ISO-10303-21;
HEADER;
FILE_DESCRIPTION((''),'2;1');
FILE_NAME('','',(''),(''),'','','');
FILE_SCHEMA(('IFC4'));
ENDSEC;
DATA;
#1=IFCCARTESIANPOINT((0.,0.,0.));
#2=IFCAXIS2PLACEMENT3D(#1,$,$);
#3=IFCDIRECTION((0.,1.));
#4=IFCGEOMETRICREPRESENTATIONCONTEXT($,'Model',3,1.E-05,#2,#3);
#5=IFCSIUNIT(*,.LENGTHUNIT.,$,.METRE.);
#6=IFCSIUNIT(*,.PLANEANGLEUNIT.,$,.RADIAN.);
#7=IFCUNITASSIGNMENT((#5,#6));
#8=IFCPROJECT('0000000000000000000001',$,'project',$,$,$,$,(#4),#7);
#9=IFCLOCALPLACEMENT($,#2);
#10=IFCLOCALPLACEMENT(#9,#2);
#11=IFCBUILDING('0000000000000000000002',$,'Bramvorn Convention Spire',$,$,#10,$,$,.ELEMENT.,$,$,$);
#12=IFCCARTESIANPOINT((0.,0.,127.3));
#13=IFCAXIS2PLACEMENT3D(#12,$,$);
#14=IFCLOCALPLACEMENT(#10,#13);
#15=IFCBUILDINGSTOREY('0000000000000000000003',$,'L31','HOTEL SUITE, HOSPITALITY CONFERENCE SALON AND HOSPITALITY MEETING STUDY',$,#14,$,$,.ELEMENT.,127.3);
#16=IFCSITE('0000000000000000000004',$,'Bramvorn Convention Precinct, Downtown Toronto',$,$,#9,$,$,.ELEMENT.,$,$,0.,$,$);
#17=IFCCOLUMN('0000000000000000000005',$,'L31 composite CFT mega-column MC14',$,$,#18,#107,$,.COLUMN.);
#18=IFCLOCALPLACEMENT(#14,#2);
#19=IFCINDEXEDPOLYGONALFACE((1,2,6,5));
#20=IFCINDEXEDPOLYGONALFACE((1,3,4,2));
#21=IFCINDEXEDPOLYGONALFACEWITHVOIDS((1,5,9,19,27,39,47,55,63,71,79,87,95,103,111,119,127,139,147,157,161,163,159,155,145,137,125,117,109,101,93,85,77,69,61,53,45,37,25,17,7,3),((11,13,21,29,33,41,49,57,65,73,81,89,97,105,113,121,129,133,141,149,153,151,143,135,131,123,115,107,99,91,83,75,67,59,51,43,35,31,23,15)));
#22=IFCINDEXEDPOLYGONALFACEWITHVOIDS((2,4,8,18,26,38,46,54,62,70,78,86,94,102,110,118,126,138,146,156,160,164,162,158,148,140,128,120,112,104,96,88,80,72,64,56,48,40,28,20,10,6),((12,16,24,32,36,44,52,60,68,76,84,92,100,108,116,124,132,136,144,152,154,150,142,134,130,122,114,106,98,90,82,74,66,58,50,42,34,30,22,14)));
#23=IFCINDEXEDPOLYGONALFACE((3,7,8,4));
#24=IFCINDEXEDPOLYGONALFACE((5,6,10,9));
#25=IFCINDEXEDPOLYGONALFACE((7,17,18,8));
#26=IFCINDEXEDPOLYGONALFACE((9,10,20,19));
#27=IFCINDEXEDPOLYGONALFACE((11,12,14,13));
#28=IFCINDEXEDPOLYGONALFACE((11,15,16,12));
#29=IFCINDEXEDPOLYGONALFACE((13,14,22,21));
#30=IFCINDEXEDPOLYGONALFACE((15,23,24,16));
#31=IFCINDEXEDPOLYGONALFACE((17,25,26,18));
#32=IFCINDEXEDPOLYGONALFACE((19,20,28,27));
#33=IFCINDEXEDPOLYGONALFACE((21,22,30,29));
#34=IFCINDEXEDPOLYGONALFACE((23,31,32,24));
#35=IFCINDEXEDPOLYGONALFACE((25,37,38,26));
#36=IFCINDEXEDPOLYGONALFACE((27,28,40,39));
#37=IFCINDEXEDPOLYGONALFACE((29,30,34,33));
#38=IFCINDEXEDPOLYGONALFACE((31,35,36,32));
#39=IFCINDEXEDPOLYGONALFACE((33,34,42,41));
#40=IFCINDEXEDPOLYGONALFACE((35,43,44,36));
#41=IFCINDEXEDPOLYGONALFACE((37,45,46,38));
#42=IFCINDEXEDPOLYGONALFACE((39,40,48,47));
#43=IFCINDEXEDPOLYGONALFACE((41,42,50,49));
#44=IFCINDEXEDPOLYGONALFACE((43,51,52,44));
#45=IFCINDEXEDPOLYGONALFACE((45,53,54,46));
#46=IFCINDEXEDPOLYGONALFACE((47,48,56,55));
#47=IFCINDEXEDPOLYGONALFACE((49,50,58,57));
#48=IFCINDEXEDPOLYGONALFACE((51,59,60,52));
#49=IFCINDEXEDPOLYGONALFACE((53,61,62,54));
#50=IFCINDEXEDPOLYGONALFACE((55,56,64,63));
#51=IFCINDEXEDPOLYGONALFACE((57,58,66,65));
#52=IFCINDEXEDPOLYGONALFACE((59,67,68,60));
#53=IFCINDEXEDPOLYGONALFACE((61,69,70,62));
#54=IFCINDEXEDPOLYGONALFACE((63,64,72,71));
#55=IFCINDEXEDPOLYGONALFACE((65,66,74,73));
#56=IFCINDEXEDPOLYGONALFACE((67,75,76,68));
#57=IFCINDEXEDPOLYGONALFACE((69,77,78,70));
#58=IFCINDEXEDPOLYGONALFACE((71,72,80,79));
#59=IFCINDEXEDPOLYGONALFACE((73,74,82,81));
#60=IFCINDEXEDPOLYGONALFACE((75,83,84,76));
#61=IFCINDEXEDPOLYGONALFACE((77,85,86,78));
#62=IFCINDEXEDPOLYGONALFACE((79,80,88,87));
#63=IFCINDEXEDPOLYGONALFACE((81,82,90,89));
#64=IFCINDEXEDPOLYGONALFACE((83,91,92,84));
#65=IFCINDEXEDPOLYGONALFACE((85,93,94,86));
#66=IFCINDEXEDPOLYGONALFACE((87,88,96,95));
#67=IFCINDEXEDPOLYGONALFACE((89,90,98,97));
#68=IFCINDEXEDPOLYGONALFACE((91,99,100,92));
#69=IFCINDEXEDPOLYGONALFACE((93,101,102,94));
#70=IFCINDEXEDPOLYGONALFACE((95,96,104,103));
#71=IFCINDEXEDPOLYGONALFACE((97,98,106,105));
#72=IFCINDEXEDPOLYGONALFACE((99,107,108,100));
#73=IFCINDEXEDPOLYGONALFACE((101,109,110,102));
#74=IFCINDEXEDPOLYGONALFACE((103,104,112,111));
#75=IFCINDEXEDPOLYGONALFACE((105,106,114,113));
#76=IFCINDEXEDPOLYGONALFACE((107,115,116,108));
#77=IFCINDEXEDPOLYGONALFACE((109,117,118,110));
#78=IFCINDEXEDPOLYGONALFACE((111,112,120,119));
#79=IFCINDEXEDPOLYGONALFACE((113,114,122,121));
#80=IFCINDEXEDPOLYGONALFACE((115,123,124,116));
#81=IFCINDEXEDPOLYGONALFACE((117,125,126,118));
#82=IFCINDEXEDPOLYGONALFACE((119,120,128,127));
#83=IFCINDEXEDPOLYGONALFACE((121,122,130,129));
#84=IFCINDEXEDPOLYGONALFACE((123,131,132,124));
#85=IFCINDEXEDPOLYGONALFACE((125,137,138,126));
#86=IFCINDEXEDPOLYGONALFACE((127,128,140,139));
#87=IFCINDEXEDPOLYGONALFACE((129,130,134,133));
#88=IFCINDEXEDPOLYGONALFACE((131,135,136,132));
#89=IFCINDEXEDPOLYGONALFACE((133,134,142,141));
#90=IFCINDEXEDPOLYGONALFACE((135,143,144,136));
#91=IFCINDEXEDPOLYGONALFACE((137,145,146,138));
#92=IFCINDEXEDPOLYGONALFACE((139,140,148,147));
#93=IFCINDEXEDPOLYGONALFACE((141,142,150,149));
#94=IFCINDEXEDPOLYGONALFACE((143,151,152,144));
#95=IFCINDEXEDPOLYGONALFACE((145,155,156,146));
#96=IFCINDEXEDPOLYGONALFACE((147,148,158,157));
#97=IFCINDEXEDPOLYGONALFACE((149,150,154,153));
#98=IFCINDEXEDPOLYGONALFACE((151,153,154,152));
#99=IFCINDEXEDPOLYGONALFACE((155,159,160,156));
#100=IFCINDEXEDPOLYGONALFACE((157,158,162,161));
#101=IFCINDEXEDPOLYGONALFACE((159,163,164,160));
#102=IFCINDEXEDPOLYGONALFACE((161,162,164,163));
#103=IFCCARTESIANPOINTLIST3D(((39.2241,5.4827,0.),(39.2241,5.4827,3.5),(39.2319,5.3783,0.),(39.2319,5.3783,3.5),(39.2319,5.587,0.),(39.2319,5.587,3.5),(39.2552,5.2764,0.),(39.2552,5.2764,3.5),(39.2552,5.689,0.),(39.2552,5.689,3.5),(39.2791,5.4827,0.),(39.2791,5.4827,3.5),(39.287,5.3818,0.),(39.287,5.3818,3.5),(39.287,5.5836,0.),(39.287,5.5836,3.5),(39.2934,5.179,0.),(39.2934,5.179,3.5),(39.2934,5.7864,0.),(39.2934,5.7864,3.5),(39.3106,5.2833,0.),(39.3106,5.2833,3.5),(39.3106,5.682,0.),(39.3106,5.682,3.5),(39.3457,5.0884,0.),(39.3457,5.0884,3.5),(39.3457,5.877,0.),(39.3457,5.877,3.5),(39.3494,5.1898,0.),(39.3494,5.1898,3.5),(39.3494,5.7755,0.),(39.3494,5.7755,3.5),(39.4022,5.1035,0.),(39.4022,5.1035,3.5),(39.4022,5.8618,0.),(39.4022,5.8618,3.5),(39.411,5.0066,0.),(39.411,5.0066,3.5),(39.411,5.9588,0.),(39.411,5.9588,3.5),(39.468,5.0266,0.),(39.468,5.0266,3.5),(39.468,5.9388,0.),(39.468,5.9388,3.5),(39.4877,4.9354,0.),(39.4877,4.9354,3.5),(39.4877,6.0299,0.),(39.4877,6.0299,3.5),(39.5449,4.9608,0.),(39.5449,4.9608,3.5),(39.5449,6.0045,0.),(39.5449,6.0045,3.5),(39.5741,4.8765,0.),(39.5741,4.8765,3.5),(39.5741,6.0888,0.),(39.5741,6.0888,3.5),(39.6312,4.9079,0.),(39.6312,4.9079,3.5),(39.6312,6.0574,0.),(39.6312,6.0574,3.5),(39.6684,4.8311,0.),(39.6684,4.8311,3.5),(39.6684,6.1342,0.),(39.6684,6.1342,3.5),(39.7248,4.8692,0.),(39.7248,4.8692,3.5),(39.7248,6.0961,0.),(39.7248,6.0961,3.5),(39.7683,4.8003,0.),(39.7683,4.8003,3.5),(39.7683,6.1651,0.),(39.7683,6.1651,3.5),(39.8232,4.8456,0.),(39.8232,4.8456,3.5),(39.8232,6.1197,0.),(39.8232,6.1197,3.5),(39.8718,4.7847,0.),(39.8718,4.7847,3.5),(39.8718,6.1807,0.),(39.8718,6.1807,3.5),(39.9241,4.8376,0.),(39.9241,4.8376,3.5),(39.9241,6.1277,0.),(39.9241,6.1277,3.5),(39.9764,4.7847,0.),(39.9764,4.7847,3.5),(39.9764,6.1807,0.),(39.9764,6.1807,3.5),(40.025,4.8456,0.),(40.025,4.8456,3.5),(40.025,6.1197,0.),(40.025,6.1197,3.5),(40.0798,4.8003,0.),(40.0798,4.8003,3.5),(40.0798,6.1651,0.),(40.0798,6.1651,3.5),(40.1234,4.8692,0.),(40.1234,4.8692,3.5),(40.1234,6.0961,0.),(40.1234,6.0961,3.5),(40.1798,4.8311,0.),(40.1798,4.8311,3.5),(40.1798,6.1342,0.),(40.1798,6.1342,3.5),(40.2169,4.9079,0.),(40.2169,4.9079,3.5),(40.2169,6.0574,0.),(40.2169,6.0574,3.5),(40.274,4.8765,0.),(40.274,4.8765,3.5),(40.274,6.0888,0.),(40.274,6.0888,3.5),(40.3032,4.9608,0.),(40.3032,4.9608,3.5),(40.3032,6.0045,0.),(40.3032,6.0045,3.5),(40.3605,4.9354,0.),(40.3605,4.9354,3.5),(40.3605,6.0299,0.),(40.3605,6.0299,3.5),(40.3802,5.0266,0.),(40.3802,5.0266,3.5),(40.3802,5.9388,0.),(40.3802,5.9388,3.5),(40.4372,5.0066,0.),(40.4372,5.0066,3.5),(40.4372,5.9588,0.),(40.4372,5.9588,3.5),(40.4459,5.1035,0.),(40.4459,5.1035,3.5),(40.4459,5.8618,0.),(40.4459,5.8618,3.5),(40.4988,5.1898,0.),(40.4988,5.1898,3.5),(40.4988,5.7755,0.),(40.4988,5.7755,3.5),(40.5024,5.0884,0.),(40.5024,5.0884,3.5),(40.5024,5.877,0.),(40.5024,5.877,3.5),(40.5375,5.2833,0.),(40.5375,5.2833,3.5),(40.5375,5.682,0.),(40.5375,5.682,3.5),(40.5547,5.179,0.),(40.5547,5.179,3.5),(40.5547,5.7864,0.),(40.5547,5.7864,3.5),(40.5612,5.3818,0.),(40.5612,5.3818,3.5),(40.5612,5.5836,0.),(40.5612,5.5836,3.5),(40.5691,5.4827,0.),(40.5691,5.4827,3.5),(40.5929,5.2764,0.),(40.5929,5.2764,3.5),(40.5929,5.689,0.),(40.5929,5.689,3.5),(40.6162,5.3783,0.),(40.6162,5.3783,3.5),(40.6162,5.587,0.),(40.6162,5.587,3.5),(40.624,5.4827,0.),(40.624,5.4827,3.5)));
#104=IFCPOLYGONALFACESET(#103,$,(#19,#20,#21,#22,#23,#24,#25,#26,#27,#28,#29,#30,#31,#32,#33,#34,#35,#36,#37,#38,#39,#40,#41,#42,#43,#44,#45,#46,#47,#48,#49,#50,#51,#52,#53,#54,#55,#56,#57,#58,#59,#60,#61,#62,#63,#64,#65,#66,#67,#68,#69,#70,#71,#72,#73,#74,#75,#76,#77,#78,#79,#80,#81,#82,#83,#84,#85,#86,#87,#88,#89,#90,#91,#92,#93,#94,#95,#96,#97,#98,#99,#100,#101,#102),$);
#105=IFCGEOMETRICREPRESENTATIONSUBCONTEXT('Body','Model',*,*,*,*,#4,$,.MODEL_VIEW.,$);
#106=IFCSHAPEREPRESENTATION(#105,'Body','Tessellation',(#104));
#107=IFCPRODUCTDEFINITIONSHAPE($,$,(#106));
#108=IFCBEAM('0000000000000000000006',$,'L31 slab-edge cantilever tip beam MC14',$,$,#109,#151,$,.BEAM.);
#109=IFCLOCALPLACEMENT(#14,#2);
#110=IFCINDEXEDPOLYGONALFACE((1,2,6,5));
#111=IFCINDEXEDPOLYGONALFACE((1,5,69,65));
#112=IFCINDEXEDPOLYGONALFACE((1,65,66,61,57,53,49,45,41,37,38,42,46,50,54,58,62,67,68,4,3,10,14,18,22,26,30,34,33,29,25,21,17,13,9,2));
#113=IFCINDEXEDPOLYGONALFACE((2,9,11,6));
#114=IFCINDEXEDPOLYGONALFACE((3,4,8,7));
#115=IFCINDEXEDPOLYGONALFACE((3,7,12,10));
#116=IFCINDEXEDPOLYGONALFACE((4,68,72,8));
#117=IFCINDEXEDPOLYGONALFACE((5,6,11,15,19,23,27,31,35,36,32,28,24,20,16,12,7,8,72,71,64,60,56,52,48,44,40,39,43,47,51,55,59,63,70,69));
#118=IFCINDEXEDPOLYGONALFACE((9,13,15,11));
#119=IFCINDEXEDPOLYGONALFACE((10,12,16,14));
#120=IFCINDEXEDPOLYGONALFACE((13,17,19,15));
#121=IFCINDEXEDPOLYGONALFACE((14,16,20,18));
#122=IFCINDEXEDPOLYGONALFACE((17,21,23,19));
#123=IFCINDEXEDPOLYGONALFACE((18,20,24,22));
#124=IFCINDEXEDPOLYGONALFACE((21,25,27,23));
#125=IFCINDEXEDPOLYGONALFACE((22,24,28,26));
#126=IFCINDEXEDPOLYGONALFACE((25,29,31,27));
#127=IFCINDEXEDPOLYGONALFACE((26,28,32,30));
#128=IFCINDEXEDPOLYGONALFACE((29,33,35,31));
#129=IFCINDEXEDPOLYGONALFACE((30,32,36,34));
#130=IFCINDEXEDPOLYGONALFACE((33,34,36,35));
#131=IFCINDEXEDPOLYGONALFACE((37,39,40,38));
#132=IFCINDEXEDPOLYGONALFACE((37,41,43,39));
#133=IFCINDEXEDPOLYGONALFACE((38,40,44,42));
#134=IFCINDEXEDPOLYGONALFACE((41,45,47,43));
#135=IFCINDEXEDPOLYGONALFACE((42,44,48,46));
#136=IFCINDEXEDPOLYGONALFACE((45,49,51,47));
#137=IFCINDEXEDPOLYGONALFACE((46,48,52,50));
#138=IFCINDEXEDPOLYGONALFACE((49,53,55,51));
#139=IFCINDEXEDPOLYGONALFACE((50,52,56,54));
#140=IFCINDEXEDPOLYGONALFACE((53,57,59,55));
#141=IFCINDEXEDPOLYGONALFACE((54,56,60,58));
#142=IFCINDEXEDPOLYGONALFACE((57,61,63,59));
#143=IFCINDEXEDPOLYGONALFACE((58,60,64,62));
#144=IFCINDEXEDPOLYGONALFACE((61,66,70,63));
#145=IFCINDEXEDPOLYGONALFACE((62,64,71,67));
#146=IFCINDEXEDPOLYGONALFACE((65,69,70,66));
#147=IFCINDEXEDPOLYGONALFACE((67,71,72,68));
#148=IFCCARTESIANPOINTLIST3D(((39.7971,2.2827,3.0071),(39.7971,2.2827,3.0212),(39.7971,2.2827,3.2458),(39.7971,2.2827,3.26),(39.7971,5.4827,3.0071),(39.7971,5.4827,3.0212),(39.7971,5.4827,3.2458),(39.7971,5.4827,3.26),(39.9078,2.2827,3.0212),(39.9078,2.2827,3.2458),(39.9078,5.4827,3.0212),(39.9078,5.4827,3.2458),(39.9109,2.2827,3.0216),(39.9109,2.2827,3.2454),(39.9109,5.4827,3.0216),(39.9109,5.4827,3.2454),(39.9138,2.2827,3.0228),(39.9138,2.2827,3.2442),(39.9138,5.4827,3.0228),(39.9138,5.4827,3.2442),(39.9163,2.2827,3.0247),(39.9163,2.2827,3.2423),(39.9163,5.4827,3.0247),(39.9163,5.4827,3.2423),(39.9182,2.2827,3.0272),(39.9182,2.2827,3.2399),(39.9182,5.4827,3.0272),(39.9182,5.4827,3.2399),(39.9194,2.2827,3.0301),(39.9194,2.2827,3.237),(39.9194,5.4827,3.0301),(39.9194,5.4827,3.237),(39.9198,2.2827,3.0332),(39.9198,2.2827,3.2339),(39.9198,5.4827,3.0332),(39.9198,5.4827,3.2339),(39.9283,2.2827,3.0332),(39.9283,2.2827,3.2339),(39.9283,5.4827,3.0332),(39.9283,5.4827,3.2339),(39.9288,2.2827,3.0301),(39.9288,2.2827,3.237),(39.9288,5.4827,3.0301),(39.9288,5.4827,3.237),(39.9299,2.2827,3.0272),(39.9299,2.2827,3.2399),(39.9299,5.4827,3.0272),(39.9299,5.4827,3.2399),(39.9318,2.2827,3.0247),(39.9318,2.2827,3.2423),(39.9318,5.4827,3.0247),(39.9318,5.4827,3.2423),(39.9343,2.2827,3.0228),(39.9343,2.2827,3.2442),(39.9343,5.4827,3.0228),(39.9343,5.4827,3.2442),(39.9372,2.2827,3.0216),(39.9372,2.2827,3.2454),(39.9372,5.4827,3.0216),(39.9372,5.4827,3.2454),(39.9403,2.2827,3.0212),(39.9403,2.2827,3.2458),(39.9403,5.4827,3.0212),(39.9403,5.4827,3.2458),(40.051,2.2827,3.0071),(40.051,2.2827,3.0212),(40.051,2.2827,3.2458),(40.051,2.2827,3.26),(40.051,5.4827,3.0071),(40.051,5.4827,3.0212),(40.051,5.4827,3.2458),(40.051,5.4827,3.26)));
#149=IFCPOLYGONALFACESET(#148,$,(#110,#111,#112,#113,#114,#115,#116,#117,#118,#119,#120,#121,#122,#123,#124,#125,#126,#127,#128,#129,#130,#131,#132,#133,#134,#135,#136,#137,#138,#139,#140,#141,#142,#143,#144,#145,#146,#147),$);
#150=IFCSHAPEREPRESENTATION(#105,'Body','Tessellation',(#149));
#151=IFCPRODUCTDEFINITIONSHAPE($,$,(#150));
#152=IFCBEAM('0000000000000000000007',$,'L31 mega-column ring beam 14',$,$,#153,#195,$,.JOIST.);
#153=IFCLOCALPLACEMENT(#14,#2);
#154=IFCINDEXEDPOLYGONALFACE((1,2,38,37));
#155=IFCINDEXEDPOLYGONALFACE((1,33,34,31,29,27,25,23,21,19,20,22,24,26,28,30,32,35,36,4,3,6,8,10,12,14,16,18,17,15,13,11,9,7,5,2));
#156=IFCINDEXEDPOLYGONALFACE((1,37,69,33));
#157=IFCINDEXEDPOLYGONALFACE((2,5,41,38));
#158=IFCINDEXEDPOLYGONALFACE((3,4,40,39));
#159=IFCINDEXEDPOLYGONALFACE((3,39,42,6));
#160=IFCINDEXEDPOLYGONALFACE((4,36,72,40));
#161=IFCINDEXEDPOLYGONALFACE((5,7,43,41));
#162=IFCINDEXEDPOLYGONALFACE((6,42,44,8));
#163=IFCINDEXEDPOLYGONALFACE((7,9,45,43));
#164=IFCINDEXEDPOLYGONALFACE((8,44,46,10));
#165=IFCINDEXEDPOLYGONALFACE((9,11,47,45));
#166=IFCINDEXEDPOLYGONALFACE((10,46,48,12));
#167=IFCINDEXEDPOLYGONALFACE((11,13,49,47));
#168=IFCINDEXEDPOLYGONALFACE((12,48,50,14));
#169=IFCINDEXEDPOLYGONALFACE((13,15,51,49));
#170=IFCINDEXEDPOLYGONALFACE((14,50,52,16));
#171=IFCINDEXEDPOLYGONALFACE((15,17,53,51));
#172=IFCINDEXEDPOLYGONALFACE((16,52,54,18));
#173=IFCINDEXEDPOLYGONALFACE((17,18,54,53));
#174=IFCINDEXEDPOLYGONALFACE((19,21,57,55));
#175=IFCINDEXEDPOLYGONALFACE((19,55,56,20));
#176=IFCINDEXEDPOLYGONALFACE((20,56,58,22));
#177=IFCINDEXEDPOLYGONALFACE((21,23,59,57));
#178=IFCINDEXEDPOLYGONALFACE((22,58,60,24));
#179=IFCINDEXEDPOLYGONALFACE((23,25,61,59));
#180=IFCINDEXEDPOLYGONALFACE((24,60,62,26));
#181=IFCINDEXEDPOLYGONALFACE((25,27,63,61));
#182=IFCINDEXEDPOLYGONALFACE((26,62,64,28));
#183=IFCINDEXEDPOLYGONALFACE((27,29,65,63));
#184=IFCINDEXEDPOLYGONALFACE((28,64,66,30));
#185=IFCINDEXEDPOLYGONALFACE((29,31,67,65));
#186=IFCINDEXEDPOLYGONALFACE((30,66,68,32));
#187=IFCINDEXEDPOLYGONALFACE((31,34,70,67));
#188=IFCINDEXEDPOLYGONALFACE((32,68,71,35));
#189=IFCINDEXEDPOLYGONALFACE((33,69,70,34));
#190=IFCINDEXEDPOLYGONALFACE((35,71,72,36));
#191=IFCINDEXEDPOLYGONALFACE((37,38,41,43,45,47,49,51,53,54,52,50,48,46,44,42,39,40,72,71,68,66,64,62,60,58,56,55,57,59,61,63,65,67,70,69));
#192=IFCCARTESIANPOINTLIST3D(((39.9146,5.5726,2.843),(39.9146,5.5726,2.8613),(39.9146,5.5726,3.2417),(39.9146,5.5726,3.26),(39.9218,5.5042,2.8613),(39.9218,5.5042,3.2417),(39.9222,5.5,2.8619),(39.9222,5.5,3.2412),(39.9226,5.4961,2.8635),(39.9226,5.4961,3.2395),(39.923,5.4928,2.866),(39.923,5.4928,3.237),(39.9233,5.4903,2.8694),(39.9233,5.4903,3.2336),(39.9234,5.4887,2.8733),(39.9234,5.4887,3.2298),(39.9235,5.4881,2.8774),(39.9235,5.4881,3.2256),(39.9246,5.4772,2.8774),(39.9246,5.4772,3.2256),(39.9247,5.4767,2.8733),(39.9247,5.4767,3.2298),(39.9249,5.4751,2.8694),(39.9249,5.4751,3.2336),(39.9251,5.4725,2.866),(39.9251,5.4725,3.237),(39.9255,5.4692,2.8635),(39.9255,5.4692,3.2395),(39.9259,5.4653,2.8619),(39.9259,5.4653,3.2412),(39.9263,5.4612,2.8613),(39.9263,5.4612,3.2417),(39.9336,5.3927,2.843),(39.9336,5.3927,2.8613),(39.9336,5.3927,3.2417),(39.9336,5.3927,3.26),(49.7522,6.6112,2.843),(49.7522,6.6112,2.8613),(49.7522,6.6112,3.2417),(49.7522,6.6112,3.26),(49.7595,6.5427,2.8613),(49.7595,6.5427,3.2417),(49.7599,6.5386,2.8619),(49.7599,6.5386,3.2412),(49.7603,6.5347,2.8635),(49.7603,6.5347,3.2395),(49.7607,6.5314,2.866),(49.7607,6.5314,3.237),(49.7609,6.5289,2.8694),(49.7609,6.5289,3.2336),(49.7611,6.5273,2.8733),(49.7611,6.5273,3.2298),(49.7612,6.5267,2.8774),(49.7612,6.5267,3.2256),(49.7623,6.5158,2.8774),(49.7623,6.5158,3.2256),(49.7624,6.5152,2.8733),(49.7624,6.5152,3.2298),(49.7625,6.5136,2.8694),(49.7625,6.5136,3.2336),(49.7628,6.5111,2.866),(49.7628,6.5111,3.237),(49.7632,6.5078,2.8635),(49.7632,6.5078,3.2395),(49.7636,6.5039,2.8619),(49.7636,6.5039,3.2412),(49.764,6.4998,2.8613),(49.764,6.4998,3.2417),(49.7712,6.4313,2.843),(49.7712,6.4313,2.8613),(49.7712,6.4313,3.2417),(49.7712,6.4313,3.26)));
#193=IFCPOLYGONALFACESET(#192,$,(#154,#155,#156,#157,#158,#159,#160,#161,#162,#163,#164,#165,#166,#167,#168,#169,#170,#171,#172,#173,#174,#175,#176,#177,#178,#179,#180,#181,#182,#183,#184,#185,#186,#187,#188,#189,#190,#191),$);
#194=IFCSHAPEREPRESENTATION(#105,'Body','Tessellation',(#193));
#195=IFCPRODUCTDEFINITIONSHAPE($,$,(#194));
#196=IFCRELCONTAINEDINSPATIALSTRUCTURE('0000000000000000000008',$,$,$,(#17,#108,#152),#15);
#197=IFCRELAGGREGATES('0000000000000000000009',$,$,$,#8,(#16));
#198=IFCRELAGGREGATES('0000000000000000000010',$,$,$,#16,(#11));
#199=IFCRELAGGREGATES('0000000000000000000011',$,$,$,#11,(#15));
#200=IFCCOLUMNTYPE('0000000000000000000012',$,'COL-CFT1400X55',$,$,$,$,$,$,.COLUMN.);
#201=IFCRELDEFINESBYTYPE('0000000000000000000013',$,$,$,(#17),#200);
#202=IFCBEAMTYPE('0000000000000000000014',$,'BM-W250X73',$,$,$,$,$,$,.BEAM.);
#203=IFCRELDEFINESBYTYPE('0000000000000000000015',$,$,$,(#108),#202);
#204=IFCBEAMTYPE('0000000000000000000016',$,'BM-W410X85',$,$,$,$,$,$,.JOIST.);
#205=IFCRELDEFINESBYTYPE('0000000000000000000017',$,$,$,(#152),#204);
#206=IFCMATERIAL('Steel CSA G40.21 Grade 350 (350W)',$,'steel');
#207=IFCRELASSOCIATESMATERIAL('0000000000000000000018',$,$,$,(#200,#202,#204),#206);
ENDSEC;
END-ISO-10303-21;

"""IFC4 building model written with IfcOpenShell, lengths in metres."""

from ifc_helpers import new_model, si_unit, direction, frame, origin, origin_2d, place, context, subcontext, project, spatial, hollow_circle, i_section, extrude, material, material_profile, profile_set, type_object, element, save


model = new_model("IFC4")

# Units and contexts
model_context = context("Model", 3, precision=1e-05, world=origin(), true_north=direction((0.0, 1.0)))
body_context = subcontext(model_context, "Body", "Model", "MODEL_VIEW")
ifc_project = project(units=[si_unit("LENGTHUNIT", "METRE"), si_unit("PLANEANGLEUNIT", "RADIAN")], contexts=[model_context])

# Site, building, storey
site_placement = place(None, origin())
site = spatial("IfcSite", under=ifc_project, at=site_placement, Name="Bramvorn Convention Precinct, Downtown Toronto", CompositionType="ELEMENT", RefElevation=0.0)
building_placement = place(site_placement, origin())
building = spatial("IfcBuilding", under=site, at=building_placement, Name="Bramvorn Convention Spire", CompositionType="ELEMENT")
storey_placement = place(building_placement, frame((0.0, 0.0, 127.3)))
storey = spatial("IfcBuildingStorey", under=building, at=storey_placement, Name="L31", Description="HOTEL SUITE, HOSPITALITY CONFERENCE SALON AND HOSPITALITY MEETING STUDY", CompositionType="ELEMENT", Elevation=127.3)

# Column
ifc_material_1 = material(Name="Steel CSA G40.21 Grade 350 (350W)", Category="steel")
ifc_material_profile_1 = material_profile(ifc_material_1, hollow_circle(Radius=0.7, WallThickness=0.0549, at=origin_2d()))
ifc_profile_set_1 = profile_set([ifc_material_profile_1], Name="Steel CSA G40.21 Grade 350 (350W) - CFT1400X55")
column_type = type_object("IfcColumnType", Name="COL-CFT1400X55", PredefinedType="COLUMN", material=ifc_profile_set_1)
column_placement = place(storey_placement, frame((39.9241, 5.4827, 0.0), z_axis=(0.0, 0.0, 1.0), x_axis=(1.0, 0.0, 0.0)))
element("IfcColumn", 1, at=column_placement, inside=storey, type_object=column_type, Name="L31 composite CFT mega-column MC14", PredefinedType="COLUMN", context=body_context, shape_type="SweptSolid", body=[
    extrude(hollow_circle(Radius=0.7, WallThickness=0.0549, at=origin_2d()), origin(), (0.0, 0.0, 1.0), 3.5),
])

# Beams
ifc_material_profile_2 = material_profile(ifc_material_1, i_section(OverallWidth=0.2539, OverallDepth=0.2529, WebThickness=0.0085, FlangeThickness=0.0142, FilletRadius=0.012, at=origin_2d()))
ifc_profile_set_2 = profile_set([ifc_material_profile_2], Name="Steel CSA G40.21 Grade 350 (350W) - W250X73")
beam_type_1 = type_object("IfcBeamType", Name="BM-W250X73", PredefinedType="BEAM", material=ifc_profile_set_2)
beam_1_placement = place(storey_placement, frame((39.9241, 5.4827, 3.1335), z_axis=(0.0, -1.0, 0.0), x_axis=(1.0, 0.0, 0.0)))
element("IfcBeam", 2, at=beam_1_placement, inside=storey, type_object=beam_type_1, Name="L31 slab-edge cantilever tip beam MC14", PredefinedType="BEAM", context=body_context, shape_type="SweptSolid", body=[
    extrude(i_section(OverallWidth=0.2539, OverallDepth=0.2529, WebThickness=0.0085, FlangeThickness=0.0142, FilletRadius=0.012, at=origin_2d()), origin(), (0.0, 0.0, 1.0), 3.2),
])
ifc_material_profile_3 = material_profile(ifc_material_1, i_section(OverallWidth=0.1809, OverallDepth=0.417, WebThickness=0.011, FlangeThickness=0.0183, FilletRadius=0.0161, at=origin_2d()))
ifc_profile_set_3 = profile_set([ifc_material_profile_3], Name="Steel CSA G40.21 Grade 350 (350W) - W410X85")
beam_type_2 = type_object("IfcBeamType", Name="BM-W410X85", PredefinedType="JOIST", material=ifc_profile_set_3)
beam_2_placement = place(storey_placement, frame((39.9241, 5.4827, 3.0515), z_axis=(0.994473, 0.104988, 0.0), x_axis=(-0.104988, 0.994473, 0.0)))
element("IfcBeam", 3, at=beam_2_placement, inside=storey, type_object=beam_type_2, Name="L31 mega-column ring beam 14", PredefinedType="JOIST", context=body_context, shape_type="SweptSolid", body=[
    extrude(i_section(OverallWidth=0.1809, OverallDepth=0.417, WebThickness=0.011, FlangeThickness=0.0183, FilletRadius=0.0161, at=origin_2d()), origin(), (0.0, 0.0, 1.0), 9.8923),
])

save(model, "model.ifc")
